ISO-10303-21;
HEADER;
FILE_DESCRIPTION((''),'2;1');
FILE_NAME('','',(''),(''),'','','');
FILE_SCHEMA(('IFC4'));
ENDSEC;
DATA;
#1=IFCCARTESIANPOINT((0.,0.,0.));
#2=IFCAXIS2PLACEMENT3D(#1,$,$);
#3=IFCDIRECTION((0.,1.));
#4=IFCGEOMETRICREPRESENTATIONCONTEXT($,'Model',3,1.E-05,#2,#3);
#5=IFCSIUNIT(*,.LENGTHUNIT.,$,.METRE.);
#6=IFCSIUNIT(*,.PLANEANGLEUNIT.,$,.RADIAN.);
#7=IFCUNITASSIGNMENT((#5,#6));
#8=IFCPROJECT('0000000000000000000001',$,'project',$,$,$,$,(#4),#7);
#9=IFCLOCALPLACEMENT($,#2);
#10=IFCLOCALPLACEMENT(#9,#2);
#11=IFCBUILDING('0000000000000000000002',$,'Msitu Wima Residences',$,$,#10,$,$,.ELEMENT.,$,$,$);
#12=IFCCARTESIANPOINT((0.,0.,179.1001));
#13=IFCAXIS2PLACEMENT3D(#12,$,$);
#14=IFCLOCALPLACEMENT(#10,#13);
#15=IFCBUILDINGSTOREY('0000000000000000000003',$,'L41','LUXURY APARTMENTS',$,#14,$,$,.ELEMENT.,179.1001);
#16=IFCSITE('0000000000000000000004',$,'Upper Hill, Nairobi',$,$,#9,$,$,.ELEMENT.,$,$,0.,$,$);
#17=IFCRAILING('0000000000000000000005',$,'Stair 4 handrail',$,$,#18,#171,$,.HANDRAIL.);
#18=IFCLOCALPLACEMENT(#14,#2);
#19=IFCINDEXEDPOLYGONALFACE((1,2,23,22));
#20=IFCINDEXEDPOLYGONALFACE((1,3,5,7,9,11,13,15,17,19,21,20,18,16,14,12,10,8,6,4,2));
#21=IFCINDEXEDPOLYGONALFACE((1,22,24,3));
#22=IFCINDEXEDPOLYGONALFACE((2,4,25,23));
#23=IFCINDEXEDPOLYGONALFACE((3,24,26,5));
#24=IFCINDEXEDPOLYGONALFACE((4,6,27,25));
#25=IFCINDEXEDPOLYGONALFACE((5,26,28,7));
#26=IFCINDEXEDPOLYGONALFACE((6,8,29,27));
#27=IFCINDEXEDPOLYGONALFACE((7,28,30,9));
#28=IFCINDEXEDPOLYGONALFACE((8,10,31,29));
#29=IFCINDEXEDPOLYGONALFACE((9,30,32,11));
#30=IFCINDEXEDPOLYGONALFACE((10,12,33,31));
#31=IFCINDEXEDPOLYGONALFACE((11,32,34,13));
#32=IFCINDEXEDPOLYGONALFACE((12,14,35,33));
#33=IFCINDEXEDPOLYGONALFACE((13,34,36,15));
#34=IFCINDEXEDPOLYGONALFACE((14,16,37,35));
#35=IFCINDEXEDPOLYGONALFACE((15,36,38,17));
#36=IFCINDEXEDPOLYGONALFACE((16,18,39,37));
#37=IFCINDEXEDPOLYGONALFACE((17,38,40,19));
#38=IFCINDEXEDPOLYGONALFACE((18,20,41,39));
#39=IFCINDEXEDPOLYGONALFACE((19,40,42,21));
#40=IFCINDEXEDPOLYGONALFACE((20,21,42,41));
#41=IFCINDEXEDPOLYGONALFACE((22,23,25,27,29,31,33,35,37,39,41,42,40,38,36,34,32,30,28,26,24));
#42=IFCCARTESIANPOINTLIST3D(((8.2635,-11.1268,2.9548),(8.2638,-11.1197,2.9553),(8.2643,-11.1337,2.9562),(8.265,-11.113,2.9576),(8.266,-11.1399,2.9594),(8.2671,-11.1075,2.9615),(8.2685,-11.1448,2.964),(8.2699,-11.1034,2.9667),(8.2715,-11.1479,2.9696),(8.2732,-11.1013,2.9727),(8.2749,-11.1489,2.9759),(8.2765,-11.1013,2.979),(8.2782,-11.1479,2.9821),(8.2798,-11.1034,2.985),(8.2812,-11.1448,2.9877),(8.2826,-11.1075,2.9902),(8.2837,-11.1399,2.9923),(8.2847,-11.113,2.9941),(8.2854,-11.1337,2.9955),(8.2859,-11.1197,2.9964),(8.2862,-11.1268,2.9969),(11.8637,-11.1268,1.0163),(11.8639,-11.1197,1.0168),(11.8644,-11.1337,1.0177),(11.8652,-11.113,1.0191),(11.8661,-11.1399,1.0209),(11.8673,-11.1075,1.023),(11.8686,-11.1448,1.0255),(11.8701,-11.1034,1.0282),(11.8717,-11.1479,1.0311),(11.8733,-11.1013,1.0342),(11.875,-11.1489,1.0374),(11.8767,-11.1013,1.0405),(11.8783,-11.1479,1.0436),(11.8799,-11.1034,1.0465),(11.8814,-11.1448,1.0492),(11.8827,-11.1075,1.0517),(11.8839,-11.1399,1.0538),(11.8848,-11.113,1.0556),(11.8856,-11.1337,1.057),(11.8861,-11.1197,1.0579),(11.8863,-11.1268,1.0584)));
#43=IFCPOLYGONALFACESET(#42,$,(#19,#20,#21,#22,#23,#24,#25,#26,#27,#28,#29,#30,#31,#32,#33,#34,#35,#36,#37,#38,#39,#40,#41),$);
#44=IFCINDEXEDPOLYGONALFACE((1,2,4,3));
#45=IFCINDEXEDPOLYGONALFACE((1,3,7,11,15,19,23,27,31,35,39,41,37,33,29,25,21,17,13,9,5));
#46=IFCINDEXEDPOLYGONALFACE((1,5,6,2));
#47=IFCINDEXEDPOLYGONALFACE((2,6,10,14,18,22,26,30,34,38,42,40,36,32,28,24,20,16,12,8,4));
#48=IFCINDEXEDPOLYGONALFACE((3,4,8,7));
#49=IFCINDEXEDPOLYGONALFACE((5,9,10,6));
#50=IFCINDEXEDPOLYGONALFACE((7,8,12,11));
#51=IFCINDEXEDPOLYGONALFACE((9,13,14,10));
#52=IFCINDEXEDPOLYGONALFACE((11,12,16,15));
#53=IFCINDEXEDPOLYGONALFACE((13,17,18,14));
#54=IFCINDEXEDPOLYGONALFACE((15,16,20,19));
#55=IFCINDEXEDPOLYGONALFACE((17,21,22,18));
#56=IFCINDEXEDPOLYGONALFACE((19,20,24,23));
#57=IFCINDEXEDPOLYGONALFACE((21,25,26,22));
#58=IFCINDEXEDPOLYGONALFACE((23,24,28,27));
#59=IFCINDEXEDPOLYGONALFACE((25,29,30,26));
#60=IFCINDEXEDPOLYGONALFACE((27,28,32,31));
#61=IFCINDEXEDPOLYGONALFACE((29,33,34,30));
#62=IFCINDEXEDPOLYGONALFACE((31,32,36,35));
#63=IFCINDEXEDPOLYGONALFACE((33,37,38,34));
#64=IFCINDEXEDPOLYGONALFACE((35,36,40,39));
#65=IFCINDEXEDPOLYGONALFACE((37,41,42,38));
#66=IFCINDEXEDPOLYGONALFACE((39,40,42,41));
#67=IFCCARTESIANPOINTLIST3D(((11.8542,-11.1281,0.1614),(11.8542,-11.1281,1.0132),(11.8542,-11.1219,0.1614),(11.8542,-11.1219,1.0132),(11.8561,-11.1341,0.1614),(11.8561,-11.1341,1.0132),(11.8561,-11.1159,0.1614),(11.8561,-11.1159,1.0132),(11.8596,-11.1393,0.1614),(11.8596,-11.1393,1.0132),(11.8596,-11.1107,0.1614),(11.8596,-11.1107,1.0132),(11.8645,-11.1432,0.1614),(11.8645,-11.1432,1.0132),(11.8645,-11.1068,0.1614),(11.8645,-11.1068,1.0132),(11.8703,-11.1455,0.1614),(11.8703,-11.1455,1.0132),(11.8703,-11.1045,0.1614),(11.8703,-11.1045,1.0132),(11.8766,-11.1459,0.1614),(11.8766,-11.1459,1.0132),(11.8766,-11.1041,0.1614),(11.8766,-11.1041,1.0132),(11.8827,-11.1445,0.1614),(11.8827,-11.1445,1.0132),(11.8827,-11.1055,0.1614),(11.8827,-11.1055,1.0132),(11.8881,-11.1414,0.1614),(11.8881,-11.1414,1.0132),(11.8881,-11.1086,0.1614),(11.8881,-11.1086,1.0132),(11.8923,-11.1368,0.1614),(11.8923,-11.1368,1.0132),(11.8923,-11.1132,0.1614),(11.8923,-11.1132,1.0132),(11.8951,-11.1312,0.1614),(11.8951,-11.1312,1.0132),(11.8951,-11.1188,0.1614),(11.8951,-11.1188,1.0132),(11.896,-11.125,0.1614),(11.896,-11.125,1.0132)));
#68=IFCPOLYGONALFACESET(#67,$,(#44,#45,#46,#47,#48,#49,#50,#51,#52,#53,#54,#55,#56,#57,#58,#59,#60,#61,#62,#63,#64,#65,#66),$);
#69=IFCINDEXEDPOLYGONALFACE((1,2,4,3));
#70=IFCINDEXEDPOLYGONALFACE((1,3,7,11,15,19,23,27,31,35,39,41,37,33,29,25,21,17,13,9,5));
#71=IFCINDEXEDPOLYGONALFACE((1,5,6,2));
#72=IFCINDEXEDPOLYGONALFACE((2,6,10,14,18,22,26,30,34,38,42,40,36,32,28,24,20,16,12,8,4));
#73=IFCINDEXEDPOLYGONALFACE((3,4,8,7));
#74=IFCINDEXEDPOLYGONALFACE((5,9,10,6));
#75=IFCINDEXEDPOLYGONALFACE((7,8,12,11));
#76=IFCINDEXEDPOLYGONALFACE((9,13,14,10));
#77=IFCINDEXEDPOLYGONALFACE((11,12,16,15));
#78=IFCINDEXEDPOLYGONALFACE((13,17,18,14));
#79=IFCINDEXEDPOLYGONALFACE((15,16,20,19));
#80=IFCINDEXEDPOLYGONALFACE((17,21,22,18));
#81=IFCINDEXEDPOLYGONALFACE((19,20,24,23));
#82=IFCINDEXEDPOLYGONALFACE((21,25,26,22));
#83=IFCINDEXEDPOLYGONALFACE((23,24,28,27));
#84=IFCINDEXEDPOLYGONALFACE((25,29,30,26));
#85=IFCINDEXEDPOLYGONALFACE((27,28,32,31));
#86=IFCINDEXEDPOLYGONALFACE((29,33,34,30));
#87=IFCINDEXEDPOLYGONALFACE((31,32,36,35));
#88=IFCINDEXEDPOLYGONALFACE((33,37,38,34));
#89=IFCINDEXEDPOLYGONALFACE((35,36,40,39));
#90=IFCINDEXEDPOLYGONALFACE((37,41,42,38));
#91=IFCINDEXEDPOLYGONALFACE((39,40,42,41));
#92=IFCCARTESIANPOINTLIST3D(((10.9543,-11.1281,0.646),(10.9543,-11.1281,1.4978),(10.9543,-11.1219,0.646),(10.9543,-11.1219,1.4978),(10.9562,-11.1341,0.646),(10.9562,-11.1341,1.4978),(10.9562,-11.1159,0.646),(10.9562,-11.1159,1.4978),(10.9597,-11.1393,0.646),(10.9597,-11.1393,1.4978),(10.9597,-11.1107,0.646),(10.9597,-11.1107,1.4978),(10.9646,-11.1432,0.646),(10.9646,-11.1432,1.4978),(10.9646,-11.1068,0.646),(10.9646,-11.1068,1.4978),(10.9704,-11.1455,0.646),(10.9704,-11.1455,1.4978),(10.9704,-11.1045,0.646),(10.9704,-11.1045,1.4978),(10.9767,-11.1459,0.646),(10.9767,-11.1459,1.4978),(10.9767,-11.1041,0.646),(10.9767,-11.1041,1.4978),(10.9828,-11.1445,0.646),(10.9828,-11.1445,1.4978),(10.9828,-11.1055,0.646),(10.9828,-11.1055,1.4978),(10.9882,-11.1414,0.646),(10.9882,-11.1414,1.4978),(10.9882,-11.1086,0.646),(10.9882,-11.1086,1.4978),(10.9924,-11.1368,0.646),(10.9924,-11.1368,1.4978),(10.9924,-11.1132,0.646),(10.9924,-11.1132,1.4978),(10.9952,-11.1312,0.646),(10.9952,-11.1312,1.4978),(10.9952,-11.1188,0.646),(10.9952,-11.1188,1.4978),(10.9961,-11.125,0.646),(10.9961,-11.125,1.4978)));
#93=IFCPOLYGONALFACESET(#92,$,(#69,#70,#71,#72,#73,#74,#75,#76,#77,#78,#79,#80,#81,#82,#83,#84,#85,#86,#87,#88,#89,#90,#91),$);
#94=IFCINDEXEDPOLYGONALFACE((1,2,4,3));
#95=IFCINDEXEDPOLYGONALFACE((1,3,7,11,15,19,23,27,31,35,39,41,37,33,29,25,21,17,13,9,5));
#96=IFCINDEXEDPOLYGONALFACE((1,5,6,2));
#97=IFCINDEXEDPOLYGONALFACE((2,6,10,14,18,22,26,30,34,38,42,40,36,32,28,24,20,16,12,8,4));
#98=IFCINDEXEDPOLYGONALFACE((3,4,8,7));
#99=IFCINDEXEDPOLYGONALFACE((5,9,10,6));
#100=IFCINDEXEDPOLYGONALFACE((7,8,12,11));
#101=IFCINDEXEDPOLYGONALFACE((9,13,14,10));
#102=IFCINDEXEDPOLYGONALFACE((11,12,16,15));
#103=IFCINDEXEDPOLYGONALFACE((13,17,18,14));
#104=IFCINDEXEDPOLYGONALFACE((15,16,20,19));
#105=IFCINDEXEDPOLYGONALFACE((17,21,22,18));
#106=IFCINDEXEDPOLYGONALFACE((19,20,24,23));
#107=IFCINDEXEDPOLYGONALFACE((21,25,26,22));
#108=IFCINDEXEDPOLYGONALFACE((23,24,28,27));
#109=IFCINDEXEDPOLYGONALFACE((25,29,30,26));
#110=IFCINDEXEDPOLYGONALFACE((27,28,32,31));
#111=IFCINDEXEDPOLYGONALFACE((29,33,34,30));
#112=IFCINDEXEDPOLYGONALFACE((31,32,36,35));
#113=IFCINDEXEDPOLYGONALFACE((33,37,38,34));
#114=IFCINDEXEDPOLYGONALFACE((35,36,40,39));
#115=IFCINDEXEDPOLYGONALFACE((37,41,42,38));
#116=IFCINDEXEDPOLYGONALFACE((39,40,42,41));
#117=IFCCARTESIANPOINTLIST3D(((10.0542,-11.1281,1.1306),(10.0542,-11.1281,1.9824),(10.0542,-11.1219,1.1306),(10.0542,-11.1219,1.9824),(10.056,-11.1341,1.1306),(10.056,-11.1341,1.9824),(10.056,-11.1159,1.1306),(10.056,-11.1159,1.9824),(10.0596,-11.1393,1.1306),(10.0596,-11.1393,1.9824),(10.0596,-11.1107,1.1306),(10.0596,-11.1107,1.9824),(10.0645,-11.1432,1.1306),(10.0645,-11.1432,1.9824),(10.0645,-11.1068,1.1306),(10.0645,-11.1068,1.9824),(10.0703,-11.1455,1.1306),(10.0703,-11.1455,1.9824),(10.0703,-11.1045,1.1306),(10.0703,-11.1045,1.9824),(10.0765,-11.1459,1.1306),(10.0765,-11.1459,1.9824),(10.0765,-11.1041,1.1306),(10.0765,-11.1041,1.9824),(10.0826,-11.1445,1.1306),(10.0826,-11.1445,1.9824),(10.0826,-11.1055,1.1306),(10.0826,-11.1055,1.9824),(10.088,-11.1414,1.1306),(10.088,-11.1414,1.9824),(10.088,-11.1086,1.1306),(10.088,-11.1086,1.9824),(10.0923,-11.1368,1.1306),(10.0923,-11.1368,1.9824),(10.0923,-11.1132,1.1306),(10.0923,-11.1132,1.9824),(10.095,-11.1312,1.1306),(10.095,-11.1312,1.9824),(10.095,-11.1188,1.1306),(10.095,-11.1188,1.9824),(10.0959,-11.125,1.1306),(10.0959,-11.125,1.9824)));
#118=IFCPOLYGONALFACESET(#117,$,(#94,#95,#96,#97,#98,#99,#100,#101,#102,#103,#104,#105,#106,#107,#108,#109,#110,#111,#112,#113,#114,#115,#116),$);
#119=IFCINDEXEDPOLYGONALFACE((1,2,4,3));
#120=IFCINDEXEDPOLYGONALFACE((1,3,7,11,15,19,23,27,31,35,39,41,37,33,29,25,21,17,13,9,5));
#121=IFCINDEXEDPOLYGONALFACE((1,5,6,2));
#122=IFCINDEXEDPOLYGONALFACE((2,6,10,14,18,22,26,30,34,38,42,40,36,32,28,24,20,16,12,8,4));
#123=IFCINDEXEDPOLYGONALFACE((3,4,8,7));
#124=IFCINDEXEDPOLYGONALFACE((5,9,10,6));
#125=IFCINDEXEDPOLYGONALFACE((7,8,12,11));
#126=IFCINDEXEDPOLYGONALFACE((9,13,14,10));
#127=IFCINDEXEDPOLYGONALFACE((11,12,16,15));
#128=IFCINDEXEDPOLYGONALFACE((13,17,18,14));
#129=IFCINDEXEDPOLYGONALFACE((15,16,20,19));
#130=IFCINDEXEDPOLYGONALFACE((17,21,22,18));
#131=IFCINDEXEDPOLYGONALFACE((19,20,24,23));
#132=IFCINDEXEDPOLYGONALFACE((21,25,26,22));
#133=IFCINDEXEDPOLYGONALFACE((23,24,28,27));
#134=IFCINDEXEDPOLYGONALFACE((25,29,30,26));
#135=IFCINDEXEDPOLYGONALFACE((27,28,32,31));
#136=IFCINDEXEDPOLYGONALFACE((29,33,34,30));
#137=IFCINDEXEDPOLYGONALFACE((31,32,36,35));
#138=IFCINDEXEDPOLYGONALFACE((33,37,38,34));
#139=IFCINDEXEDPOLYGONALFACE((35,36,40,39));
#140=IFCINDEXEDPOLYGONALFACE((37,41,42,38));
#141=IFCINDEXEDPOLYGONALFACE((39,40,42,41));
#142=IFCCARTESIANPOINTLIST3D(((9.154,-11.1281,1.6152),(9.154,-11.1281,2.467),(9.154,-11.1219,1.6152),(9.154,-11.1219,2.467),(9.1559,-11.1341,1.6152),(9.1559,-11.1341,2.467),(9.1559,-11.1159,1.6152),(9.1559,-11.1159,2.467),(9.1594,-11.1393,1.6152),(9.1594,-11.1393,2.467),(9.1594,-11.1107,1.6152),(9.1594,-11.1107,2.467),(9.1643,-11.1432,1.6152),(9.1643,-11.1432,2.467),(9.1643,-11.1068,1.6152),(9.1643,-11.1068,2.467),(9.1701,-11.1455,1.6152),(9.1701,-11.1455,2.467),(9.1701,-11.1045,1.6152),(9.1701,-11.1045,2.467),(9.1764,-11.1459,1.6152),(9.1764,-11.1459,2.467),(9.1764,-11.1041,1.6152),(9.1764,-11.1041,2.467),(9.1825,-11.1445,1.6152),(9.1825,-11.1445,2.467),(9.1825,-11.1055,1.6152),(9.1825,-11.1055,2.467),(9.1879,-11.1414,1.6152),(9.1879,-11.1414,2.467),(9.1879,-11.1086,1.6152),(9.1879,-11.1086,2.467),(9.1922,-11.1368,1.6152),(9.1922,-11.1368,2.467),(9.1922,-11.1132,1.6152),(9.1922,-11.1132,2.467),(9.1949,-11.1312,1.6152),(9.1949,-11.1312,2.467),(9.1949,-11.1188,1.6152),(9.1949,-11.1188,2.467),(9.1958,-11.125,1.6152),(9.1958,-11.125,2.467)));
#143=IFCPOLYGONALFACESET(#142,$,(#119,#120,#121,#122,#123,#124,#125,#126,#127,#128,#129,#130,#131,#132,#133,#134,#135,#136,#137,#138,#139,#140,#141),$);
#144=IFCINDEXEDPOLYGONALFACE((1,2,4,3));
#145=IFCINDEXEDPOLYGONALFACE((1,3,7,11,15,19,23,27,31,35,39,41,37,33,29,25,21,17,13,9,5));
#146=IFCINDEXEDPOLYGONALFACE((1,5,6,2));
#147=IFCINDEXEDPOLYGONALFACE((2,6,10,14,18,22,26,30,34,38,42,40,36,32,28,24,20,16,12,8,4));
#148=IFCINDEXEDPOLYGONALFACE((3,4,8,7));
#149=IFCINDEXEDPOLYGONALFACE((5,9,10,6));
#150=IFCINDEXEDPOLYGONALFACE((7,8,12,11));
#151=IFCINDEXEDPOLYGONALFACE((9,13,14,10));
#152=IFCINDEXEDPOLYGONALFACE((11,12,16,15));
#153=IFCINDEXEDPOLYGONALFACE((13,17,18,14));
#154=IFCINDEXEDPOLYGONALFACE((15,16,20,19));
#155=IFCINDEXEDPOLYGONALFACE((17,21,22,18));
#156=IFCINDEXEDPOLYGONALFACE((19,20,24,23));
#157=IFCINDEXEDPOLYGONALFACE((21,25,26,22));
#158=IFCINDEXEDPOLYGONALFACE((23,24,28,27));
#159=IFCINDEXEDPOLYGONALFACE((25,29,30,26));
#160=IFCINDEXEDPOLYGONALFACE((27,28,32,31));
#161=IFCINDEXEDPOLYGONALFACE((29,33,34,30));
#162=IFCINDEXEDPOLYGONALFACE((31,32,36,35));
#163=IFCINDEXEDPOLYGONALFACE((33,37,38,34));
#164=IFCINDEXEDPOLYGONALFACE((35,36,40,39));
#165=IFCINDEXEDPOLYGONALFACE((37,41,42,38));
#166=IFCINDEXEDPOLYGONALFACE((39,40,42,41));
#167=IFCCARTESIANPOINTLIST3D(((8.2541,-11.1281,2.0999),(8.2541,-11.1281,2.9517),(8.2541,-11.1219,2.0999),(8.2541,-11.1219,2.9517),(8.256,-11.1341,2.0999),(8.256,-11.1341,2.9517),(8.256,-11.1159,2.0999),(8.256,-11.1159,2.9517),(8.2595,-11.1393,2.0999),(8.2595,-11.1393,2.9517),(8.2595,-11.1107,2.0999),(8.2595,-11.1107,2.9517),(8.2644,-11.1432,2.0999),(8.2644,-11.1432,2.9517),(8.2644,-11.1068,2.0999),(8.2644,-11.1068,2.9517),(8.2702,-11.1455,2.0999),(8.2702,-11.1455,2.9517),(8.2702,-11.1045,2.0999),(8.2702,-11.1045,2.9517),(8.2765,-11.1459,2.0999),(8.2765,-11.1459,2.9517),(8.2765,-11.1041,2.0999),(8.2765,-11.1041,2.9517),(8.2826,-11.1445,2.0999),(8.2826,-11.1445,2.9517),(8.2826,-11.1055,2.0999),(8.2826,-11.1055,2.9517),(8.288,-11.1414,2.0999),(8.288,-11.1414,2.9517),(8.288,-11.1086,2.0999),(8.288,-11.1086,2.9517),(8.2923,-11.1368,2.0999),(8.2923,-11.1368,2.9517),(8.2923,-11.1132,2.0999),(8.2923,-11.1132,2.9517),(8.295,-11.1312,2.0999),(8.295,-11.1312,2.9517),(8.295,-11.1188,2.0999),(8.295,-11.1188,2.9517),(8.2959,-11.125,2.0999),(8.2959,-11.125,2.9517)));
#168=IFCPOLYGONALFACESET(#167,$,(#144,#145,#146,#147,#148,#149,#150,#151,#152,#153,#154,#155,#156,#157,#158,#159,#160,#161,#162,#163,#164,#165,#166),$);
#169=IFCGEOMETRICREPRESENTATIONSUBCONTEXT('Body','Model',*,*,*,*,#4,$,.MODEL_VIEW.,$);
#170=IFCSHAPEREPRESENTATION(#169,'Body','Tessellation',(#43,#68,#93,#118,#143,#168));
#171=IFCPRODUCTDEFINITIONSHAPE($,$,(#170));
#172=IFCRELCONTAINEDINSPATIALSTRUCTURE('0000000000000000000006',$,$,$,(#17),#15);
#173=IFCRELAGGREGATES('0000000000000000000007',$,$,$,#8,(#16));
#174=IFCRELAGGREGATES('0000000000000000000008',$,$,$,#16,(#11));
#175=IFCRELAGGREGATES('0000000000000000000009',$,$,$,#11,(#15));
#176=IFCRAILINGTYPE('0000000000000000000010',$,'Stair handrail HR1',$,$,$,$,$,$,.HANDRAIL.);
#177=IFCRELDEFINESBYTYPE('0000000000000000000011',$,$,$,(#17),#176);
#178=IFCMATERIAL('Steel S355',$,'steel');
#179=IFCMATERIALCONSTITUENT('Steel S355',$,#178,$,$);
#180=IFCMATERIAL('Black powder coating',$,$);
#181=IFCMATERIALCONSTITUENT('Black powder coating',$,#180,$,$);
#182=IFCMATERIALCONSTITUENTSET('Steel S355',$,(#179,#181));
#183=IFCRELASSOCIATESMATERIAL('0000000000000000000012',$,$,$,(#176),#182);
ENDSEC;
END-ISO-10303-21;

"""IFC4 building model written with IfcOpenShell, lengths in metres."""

from ifc_helpers import new_model, si_unit, direction, frame, origin, origin_2d, place, context, subcontext, project, spatial, circle, extrude, material, constituent, constituent_set, type_object, element, save


model = new_model("IFC4")

# Units and contexts
model_context = context("Model", 3, precision=1e-05, world=origin(), true_north=direction((0.0, 1.0)))
body_context = subcontext(model_context, "Body", "Model", "MODEL_VIEW")
ifc_project = project(units=[si_unit("LENGTHUNIT", "METRE"), si_unit("PLANEANGLEUNIT", "RADIAN")], contexts=[model_context])

# Site, building, storey
site_placement = place(None, origin())
site = spatial("IfcSite", under=ifc_project, at=site_placement, Name="Upper Hill, Nairobi", CompositionType="ELEMENT", RefElevation=0.0)
building_placement = place(site_placement, origin())
building = spatial("IfcBuilding", under=site, at=building_placement, Name="Msitu Wima Residences", CompositionType="ELEMENT")
storey_placement = place(building_placement, frame((0.0, 0.0, 179.1001)))
storey = spatial("IfcBuildingStorey", under=building, at=storey_placement, Name="L41", Description="LUXURY APARTMENTS", CompositionType="ELEMENT", Elevation=179.1001)

# Railing
ifc_material_1 = material(Name="Steel S355", Category="steel")
ifc_constituent_1 = constituent(ifc_material_1, Name="Steel S355")
ifc_material_2 = material(Name="Black powder coating")
ifc_constituent_2 = constituent(ifc_material_2, Name="Black powder coating")
ifc_constituent_set = constituent_set(constituents=[ifc_constituent_1, ifc_constituent_2], Name="Steel S355")
railing_type = type_object("IfcRailingType", Name="Stair handrail HR1", PredefinedType="HANDRAIL", material=ifc_constituent_set)
for number, where, name in (
    (1, (11.875, -11.125, 0.1614), "Stair 4 handrail"),
):
    element("IfcRailing", number, at=place(storey_placement, frame(where)), inside=storey, type_object=railing_type, Name=name, PredefinedType="HANDRAIL", context=body_context, shape_type="SweptSolid", body=[
        extrude(circle(Radius=0.0239, at=origin_2d()), frame((0.0, 0.0, 0.876), z_axis=(-0.880475, 0.0, 0.474093), x_axis=(0.0, -1.0, 0.0)), (0.0, 0.0, 1.0), 4.0889),
        extrude(circle(Radius=0.021, at=origin_2d()), origin(), (0.0, 0.0, 1.0), 0.8518),
        extrude(circle(Radius=0.021, at=origin_2d()), frame((-0.8999, 0.0, 0.4846)), (0.0, 0.0, 1.0), 0.8518),
        extrude(circle(Radius=0.021, at=origin_2d()), frame((-1.8, 0.0, 0.9692)), (0.0, 0.0, 1.0), 0.8518),
        extrude(circle(Radius=0.021, at=origin_2d()), frame((-2.7002, 0.0, 1.4539)), (0.0, 0.0, 1.0), 0.8518),
        extrude(circle(Radius=0.021, at=origin_2d()), frame((-3.6001, 0.0, 1.9385)), (0.0, 0.0, 1.0), 0.8518),
    ])

save(model, "model.ifc")
